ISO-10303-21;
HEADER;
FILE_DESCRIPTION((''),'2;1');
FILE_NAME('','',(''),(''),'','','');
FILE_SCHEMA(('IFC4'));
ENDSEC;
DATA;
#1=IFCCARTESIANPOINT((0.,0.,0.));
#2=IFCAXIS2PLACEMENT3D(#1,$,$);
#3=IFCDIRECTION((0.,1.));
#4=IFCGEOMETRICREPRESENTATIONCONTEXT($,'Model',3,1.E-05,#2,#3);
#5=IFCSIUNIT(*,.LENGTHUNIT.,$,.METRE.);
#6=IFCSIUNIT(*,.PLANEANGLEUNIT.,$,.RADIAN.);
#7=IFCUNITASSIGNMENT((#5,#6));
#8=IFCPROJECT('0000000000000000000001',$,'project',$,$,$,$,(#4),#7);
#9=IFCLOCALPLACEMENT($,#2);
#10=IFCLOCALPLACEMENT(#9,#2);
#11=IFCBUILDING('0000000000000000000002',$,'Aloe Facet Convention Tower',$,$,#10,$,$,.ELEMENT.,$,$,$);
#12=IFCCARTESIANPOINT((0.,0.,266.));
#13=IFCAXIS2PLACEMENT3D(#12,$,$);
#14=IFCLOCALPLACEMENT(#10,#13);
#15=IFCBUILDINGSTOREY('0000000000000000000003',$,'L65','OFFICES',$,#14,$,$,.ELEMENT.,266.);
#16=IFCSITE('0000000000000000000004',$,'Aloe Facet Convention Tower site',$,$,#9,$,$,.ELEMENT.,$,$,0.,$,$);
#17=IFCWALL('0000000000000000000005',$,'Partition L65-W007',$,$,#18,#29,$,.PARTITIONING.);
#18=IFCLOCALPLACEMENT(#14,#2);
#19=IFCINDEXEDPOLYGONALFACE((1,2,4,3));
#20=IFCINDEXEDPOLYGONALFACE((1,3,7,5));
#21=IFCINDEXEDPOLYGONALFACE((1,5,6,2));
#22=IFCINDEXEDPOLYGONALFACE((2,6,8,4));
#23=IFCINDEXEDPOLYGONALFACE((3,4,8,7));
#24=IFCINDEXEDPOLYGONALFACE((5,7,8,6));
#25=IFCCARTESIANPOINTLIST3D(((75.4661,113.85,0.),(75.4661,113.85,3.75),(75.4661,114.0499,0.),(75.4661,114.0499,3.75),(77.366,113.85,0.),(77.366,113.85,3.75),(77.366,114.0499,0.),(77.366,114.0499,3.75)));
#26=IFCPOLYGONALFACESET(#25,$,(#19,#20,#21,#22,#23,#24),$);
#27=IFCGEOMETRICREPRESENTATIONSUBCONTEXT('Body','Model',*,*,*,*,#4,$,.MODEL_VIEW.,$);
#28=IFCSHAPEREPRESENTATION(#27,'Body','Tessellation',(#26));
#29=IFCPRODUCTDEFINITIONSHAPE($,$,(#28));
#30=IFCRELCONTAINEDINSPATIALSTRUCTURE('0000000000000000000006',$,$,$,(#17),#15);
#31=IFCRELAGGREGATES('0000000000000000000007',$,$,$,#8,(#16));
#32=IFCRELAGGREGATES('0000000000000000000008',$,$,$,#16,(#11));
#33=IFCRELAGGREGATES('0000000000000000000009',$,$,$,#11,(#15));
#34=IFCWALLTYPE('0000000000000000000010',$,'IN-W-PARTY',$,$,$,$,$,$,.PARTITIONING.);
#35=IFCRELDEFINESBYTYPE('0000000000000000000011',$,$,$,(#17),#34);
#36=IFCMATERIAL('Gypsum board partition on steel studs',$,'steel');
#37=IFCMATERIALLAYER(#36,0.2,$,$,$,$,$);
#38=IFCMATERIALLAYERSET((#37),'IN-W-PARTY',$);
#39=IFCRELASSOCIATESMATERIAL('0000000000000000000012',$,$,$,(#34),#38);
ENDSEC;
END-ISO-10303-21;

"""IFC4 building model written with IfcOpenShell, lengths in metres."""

from ifc_helpers import new_model, si_unit, direction, frame, frame_2d, origin, place, context, subcontext, project, spatial, rectangle, extrude, material, layer, layer_set, type_object, element, save


model = new_model("IFC4")

# Units and contexts
model_context = context("Model", 3, precision=1e-05, world=origin(), true_north=direction((0.0, 1.0)))
body_context = subcontext(model_context, "Body", "Model", "MODEL_VIEW")
ifc_project = project(units=[si_unit("LENGTHUNIT", "METRE"), si_unit("PLANEANGLEUNIT", "RADIAN")], contexts=[model_context])

# Site, building, storey
site_placement = place(None, origin())
site = spatial("IfcSite", under=ifc_project, at=site_placement, Name="Aloe Facet Convention Tower site", CompositionType="ELEMENT", RefElevation=0.0)
building_placement = place(site_placement, origin())
building = spatial("IfcBuilding", under=site, at=building_placement, Name="Aloe Facet Convention Tower", CompositionType="ELEMENT")
storey_placement = place(building_placement, frame((0.0, 0.0, 266.0)))
storey = spatial("IfcBuildingStorey", under=building, at=storey_placement, Name="L65", Description="OFFICES", CompositionType="ELEMENT", Elevation=266.0)

# Wall
ifc_material_1 = material(Name="Gypsum board partition on steel studs", Category="steel")
ifc_layer_1 = layer(ifc_material_1, 0.2)
ifc_layer_set_1 = layer_set([ifc_layer_1], Name="IN-W-PARTY")
wall_type_1 = type_object("IfcWallType", Name="IN-W-PARTY", PredefinedType="PARTITIONING", material=ifc_layer_set_1)
wall_1_placement = place(storey_placement, frame((75.4661, 113.95, 0.0), z_axis=(0.0, 0.0, 1.0), x_axis=(1.0, 0.0, 0.0)))
element("IfcWall", 1, at=wall_1_placement, inside=storey, type_object=wall_type_1, Name="Partition L65-W007", PredefinedType="PARTITIONING", context=body_context, shape_type="SweptSolid", body=[
    extrude(rectangle(XDim=1.8999, YDim=0.2, at=frame_2d((0.95, 0.0))), origin(), (0.0, 0.0, 1.0), 3.75),
])

save(model, "model.ifc")
